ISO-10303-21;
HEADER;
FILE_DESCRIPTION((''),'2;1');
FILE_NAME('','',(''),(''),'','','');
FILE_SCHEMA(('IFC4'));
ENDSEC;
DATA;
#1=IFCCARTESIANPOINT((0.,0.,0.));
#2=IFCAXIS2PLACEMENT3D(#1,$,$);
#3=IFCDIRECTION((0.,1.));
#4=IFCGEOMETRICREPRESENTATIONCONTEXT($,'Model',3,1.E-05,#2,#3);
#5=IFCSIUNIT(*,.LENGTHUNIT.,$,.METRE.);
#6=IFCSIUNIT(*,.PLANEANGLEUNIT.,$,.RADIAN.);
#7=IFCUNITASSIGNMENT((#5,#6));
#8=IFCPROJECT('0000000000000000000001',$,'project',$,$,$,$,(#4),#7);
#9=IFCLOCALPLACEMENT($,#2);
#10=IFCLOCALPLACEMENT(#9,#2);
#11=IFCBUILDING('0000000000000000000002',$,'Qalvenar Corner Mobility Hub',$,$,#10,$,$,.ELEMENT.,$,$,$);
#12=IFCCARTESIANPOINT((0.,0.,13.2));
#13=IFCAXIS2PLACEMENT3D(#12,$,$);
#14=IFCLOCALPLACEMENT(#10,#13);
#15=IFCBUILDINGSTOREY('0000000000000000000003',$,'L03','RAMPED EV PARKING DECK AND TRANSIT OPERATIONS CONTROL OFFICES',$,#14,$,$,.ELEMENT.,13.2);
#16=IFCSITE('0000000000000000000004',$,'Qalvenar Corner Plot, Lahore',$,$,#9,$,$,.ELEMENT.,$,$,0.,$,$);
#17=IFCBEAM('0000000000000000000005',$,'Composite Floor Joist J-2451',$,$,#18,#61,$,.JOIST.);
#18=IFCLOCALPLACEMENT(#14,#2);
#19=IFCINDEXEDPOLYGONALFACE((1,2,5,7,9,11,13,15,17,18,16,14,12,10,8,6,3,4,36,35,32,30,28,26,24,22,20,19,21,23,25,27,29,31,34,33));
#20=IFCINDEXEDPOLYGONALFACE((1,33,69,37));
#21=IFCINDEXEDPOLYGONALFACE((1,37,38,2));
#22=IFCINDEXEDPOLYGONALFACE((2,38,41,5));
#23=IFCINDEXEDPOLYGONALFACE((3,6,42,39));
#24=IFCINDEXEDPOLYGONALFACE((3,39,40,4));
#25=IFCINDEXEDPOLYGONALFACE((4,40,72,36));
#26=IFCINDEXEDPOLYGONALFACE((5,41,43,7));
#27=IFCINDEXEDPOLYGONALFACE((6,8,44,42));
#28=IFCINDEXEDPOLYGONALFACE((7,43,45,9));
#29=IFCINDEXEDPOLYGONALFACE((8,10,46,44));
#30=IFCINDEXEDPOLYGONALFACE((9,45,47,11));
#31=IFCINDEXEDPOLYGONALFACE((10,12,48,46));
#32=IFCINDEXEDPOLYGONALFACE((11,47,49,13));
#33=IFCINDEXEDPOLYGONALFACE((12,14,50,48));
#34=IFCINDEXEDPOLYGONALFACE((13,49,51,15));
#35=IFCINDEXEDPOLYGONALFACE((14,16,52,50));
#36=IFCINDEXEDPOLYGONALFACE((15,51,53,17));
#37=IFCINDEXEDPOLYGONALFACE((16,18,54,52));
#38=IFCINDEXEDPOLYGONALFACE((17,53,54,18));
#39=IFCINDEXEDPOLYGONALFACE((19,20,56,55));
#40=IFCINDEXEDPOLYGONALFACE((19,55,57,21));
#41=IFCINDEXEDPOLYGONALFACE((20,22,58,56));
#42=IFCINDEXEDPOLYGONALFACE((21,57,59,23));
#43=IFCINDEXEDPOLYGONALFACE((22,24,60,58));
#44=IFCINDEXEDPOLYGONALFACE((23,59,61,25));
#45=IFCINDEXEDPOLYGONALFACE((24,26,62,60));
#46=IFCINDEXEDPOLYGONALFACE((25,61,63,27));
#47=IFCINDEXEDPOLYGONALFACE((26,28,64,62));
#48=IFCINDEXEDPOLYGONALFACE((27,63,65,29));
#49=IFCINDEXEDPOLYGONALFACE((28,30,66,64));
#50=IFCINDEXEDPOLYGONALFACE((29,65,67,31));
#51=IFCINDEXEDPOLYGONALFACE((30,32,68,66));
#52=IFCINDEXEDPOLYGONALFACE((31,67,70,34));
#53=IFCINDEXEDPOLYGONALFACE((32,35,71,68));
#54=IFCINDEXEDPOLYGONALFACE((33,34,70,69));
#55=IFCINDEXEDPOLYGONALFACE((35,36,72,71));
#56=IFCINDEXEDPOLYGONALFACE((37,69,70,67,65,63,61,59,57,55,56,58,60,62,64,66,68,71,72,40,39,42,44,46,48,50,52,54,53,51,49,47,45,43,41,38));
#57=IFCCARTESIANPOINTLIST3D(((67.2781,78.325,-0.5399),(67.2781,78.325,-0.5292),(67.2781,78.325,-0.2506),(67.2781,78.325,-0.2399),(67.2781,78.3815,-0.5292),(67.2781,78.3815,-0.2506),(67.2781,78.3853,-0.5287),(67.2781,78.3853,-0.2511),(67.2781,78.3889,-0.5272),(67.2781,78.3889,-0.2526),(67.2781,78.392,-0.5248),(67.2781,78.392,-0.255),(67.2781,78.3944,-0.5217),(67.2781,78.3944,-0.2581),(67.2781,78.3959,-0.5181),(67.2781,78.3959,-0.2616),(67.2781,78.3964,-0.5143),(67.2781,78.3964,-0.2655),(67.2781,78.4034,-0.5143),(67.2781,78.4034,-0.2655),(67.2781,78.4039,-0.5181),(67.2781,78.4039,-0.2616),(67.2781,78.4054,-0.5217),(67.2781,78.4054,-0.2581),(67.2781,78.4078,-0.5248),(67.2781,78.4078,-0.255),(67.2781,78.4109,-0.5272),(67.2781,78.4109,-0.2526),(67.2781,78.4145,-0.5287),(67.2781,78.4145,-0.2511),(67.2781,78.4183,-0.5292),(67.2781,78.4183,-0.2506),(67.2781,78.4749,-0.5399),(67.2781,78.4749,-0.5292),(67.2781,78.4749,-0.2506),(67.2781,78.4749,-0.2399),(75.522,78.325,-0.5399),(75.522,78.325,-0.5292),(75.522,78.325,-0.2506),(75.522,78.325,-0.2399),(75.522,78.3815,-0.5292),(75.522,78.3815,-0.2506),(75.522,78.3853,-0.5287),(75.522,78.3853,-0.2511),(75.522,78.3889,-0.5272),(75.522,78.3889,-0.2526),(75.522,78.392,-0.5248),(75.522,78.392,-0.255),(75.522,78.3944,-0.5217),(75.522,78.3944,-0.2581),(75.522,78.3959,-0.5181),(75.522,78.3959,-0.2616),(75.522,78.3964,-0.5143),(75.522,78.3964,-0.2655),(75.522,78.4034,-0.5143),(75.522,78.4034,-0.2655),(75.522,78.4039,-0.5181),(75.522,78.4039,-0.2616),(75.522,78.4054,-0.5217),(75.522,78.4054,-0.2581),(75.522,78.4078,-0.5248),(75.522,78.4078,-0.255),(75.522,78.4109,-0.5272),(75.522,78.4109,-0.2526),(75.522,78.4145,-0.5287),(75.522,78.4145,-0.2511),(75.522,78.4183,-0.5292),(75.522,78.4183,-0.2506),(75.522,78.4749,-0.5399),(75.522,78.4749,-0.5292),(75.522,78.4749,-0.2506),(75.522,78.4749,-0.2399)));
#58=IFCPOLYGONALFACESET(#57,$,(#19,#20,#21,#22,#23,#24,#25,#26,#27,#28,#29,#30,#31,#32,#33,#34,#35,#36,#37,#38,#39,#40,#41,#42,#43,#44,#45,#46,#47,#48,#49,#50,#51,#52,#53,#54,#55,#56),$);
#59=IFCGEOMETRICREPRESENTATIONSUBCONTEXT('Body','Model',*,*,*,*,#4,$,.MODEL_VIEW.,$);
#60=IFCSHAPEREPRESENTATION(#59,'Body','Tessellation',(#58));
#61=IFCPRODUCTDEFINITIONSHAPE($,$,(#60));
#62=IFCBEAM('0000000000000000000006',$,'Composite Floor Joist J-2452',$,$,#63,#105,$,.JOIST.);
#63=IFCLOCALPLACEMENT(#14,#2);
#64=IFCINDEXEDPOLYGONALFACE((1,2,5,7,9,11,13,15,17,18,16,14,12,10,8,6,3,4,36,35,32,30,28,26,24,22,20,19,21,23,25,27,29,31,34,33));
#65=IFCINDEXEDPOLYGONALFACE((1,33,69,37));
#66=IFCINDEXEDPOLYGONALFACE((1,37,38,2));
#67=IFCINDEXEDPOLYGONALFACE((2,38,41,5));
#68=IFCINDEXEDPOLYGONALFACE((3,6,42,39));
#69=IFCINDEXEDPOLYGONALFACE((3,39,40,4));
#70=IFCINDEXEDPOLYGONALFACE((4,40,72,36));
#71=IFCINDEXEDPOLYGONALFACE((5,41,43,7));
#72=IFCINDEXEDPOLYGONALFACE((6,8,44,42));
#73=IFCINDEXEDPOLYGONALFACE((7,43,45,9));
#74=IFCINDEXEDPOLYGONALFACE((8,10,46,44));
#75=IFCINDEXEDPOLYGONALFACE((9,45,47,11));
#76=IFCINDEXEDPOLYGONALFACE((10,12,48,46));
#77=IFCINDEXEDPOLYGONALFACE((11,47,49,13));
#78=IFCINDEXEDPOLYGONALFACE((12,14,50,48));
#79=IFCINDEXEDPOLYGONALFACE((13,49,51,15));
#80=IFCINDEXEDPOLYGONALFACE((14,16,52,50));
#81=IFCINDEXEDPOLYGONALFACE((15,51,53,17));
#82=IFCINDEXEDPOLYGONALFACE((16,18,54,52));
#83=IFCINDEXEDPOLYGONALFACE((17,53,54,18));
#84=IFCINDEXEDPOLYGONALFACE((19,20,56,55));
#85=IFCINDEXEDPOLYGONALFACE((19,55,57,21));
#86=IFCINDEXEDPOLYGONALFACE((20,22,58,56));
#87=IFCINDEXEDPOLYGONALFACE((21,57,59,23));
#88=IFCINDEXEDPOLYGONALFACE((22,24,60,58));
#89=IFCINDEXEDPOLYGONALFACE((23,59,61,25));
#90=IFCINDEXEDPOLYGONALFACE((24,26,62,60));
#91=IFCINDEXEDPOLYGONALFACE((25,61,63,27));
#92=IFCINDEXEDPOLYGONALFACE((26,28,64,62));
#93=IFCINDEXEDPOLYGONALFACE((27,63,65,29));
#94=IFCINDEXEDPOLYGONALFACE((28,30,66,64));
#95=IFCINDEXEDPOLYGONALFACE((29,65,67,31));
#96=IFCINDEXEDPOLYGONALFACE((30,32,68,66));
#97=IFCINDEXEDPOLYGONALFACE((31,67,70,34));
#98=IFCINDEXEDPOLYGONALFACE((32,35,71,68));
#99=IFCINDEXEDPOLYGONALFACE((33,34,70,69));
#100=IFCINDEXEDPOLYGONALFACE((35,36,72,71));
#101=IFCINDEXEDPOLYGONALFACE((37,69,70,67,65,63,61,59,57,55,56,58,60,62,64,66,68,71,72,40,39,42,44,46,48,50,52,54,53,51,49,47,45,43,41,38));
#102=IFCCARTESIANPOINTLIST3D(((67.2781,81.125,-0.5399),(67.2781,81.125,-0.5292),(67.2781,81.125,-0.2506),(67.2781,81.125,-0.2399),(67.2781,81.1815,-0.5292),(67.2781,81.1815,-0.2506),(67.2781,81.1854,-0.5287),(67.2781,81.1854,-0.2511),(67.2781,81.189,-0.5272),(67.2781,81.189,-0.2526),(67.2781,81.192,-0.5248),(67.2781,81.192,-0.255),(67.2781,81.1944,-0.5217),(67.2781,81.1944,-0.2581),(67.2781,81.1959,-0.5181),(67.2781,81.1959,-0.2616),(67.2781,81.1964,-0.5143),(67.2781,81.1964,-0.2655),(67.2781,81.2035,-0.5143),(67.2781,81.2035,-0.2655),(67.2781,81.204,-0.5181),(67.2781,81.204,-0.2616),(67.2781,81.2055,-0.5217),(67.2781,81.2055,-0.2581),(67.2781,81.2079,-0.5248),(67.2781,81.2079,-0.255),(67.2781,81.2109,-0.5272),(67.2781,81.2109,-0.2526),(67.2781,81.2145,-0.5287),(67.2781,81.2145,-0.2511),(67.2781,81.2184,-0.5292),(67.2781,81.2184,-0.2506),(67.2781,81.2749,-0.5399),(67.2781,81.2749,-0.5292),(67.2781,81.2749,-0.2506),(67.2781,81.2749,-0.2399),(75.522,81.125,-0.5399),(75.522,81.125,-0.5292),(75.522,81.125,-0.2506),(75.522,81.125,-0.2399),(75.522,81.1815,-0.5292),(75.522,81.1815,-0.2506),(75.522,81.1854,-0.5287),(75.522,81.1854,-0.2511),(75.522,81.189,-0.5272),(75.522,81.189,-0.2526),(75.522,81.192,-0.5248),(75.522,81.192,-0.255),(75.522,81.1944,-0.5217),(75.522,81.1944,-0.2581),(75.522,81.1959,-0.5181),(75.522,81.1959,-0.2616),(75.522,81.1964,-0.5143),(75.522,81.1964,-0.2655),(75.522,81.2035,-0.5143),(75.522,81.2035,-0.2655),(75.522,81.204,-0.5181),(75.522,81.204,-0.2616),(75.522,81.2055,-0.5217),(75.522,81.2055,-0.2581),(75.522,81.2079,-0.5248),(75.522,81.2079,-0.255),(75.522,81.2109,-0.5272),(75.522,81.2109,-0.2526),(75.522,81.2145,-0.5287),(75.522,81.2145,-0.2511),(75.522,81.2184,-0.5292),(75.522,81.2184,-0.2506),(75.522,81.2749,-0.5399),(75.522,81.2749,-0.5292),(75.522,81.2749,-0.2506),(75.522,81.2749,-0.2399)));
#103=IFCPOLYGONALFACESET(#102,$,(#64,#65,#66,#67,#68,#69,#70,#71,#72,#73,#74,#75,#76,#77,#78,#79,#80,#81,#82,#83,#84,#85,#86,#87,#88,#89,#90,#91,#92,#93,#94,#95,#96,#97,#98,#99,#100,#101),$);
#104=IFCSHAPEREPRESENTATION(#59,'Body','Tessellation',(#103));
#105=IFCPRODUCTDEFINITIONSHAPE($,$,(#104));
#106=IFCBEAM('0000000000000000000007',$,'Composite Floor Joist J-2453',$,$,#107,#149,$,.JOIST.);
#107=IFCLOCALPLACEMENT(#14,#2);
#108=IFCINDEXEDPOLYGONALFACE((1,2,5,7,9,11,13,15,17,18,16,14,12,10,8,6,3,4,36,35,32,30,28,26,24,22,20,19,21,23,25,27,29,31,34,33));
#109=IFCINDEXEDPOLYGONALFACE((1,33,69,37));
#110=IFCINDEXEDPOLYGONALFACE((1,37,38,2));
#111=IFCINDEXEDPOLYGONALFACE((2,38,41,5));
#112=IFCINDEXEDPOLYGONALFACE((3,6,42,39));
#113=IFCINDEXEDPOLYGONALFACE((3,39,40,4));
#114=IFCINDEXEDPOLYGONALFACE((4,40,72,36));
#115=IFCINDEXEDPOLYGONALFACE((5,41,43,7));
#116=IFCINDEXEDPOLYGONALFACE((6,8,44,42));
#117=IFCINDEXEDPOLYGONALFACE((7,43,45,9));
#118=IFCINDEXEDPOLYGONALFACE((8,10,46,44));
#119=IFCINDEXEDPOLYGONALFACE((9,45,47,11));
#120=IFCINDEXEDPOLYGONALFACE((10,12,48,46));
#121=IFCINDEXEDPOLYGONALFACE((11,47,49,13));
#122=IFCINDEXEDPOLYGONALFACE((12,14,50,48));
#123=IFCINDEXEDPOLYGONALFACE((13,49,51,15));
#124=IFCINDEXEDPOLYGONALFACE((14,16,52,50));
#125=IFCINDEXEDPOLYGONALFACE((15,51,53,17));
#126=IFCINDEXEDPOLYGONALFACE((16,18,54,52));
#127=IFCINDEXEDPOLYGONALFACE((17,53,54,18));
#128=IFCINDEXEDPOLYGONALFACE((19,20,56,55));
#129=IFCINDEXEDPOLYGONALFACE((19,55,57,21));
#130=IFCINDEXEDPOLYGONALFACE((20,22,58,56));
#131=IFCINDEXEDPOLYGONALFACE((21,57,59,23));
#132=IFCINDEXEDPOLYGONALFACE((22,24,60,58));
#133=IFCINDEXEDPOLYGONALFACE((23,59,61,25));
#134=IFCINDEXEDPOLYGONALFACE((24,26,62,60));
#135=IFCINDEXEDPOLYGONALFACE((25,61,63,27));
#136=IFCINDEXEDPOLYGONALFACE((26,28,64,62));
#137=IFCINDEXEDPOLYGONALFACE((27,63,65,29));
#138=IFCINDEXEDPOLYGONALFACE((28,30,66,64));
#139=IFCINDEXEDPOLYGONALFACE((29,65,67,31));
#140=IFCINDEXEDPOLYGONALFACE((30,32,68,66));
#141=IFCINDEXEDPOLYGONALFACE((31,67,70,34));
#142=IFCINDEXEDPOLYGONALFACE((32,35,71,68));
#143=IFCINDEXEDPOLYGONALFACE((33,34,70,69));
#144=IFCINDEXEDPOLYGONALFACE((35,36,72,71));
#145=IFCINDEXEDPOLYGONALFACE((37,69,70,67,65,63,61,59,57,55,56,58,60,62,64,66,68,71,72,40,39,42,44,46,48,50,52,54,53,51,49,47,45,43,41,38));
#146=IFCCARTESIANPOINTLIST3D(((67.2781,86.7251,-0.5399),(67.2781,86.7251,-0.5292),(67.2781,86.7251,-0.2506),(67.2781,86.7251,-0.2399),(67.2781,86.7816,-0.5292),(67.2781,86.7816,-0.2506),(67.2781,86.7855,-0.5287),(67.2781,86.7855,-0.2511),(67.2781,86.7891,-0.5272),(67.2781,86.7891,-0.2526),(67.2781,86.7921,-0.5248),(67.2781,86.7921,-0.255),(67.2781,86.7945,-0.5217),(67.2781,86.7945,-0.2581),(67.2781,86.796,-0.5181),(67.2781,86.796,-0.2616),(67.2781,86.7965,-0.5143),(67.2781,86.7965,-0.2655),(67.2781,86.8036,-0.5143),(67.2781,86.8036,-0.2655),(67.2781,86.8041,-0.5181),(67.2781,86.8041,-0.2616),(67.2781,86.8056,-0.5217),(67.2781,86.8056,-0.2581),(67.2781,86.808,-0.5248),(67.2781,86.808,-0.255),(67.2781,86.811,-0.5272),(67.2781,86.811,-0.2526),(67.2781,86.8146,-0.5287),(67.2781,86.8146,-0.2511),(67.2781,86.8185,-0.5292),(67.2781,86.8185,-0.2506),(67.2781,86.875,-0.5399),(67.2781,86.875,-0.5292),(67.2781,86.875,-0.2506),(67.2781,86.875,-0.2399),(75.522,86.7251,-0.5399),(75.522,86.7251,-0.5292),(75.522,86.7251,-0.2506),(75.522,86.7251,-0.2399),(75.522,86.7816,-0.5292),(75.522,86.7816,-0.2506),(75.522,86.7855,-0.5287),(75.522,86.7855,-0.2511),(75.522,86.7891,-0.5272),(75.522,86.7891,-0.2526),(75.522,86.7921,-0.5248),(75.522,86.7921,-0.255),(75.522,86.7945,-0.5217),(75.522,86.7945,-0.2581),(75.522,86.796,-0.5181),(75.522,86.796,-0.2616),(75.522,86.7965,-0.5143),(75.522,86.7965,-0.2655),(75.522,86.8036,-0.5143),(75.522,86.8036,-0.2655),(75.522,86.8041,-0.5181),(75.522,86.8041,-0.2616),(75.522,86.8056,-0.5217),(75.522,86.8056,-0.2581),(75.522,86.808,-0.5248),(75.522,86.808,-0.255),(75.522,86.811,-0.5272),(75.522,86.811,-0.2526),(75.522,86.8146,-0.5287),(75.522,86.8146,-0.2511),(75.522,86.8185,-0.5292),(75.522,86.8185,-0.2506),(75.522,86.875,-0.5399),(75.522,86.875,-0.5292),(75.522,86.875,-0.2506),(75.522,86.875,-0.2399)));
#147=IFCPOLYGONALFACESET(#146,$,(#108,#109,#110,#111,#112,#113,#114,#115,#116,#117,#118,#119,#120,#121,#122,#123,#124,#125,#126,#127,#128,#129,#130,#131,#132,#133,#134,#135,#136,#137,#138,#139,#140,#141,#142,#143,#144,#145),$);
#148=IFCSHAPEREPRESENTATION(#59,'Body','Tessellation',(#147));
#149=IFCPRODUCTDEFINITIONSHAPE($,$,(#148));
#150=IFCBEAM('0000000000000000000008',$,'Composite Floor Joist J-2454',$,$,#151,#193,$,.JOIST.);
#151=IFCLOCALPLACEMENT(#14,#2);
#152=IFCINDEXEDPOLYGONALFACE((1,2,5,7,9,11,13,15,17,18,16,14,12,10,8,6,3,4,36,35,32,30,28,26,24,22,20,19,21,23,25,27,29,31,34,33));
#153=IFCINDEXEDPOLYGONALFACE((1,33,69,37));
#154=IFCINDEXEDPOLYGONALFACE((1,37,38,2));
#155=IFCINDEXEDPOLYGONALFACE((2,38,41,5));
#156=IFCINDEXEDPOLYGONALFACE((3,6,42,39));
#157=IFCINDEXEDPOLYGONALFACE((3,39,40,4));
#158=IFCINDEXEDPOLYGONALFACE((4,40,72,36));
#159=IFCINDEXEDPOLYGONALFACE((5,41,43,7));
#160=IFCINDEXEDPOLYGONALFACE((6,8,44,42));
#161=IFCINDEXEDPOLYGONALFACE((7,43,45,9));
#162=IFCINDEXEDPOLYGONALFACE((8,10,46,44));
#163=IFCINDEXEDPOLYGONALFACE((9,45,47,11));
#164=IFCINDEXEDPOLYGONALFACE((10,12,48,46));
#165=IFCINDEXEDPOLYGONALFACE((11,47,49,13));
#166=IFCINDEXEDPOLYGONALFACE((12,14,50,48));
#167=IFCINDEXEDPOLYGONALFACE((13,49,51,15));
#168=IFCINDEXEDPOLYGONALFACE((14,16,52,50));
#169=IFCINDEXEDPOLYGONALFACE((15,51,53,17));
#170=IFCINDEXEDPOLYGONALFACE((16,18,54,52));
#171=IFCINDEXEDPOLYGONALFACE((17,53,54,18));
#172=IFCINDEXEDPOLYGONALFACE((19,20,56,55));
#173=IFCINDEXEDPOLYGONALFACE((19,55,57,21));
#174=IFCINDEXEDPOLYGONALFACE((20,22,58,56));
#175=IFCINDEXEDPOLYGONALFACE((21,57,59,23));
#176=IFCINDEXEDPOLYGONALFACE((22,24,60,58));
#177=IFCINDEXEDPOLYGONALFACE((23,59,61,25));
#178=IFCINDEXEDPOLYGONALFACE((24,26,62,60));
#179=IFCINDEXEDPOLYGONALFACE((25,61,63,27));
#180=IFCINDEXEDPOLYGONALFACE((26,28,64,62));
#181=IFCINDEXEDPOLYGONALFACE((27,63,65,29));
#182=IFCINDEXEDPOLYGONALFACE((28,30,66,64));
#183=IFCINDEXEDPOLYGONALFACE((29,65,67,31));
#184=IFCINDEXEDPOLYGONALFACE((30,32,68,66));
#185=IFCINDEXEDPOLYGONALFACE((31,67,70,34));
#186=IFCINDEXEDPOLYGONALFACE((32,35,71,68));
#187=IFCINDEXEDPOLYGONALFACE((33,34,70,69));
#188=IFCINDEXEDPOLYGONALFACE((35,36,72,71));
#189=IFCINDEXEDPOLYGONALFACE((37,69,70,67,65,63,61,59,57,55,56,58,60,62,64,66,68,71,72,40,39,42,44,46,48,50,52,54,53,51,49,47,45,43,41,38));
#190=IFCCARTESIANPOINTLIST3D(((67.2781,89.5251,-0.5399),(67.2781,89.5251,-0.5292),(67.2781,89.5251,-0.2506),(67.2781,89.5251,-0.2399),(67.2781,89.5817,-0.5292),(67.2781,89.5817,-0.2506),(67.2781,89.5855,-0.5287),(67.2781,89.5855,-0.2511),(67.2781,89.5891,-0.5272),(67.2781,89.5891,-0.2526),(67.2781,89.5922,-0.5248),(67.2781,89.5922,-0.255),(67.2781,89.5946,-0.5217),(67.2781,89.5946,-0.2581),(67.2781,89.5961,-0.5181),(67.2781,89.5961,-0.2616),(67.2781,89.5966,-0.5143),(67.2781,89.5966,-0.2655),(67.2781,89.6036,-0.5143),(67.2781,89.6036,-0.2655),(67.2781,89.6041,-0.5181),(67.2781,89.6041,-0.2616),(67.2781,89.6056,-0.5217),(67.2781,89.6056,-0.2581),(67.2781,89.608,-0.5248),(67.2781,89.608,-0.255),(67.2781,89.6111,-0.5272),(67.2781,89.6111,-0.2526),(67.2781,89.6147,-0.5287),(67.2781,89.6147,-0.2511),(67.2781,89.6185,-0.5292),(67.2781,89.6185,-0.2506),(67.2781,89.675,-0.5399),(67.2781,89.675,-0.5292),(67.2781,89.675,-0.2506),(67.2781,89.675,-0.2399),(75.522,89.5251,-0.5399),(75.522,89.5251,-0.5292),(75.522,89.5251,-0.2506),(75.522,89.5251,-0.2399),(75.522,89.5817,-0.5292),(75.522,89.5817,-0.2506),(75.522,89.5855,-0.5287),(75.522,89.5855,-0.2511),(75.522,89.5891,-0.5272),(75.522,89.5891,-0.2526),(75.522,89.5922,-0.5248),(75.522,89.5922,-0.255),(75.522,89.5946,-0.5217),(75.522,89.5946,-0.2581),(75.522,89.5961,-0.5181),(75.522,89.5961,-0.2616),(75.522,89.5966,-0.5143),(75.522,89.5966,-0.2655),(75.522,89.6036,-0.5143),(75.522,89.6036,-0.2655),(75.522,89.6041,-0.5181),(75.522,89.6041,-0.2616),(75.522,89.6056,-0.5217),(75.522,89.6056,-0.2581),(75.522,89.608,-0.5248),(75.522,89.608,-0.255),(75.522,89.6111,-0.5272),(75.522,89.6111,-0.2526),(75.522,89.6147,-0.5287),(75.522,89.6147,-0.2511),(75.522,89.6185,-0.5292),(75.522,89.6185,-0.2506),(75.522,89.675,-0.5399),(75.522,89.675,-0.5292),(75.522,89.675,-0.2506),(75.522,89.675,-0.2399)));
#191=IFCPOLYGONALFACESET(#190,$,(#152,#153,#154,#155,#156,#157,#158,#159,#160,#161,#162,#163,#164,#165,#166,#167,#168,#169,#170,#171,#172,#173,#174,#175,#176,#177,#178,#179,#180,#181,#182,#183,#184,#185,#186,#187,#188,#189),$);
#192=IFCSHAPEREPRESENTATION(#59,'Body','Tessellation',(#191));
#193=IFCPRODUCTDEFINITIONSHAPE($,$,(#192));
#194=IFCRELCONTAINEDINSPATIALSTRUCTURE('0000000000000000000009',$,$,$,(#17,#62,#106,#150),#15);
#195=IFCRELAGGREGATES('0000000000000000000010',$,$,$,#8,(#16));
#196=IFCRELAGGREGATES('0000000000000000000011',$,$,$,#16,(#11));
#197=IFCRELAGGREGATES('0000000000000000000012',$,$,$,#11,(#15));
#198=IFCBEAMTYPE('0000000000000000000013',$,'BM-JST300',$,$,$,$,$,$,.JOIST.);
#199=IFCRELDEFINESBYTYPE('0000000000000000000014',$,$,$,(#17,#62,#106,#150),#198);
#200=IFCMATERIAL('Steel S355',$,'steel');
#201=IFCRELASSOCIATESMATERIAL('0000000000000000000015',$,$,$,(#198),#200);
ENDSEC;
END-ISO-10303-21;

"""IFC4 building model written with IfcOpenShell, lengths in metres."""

from ifc_helpers import new_model, si_unit, direction, frame, origin, origin_2d, place, context, subcontext, project, spatial, i_section, extrude, material, material_profile, profile_set, type_object, element, save


model = new_model("IFC4")

# Units and contexts
model_context = context("Model", 3, precision=1e-05, world=origin(), true_north=direction((0.0, 1.0)))
body_context = subcontext(model_context, "Body", "Model", "MODEL_VIEW")
ifc_project = project(units=[si_unit("LENGTHUNIT", "METRE"), si_unit("PLANEANGLEUNIT", "RADIAN")], contexts=[model_context])

# Site, building, storey
site_placement = place(None, origin())
site = spatial("IfcSite", under=ifc_project, at=site_placement, Name="Qalvenar Corner Plot, Lahore", CompositionType="ELEMENT", RefElevation=0.0)
building_placement = place(site_placement, origin())
building = spatial("IfcBuilding", under=site, at=building_placement, Name="Qalvenar Corner Mobility Hub", CompositionType="ELEMENT")
storey_placement = place(building_placement, frame((0.0, 0.0, 13.2)))
storey = spatial("IfcBuildingStorey", under=building, at=storey_placement, Name="L03", Description="RAMPED EV PARKING DECK AND TRANSIT OPERATIONS CONTROL OFFICES", CompositionType="ELEMENT", Elevation=13.2)

# Shared definitions
ifc_material_1 = material(Name="Steel S355", Category="steel")

# Beams
ifc_material_profile_1 = material_profile(ifc_material_1, i_section(OverallWidth=0.1499, OverallDepth=0.3, WebThickness=0.0071, FlangeThickness=0.0107, FilletRadius=0.0149, at=origin_2d()), Name="IPE300")
ifc_profile_set_1 = profile_set([ifc_material_profile_1], Name="Steel S355")
beam_type_1 = type_object("IfcBeamType", Name="BM-JST300", PredefinedType="JOIST", material=ifc_profile_set_1)
for number, where, z_axis, x_axis, name in (
    (1, (67.2781, 78.3999, -0.3899), (1.0, 0.0, 0.0), (0.0, 1.0, 0.0), "Composite Floor Joist J-2451"),
    (2, (67.2781, 81.2, -0.3899), (1.0, 0.0, 0.0), (0.0, 1.0, 0.0), "Composite Floor Joist J-2452"),
    (3, (67.2781, 86.8, -0.3899), (1.0, 0.0, 0.0), (0.0, 1.0, 0.0), "Composite Floor Joist J-2453"),
    (4, (67.2781, 89.6001, -0.3899), (1.0, 0.0, 0.0), (0.0, 1.0, 0.0), "Composite Floor Joist J-2454"),
):
    element("IfcBeam", number, at=place(storey_placement, frame(where, z_axis=z_axis, x_axis=x_axis)), inside=storey, type_object=beam_type_1, Name=name, PredefinedType="JOIST", context=body_context, shape_type="SweptSolid", body=[
        extrude(i_section(OverallWidth=0.1499, OverallDepth=0.3, WebThickness=0.0071, FlangeThickness=0.0107, FilletRadius=0.0149, at=origin_2d()), origin(), (0.0, 0.0, 1.0), 8.2439),
    ])

save(model, "model.ifc")
